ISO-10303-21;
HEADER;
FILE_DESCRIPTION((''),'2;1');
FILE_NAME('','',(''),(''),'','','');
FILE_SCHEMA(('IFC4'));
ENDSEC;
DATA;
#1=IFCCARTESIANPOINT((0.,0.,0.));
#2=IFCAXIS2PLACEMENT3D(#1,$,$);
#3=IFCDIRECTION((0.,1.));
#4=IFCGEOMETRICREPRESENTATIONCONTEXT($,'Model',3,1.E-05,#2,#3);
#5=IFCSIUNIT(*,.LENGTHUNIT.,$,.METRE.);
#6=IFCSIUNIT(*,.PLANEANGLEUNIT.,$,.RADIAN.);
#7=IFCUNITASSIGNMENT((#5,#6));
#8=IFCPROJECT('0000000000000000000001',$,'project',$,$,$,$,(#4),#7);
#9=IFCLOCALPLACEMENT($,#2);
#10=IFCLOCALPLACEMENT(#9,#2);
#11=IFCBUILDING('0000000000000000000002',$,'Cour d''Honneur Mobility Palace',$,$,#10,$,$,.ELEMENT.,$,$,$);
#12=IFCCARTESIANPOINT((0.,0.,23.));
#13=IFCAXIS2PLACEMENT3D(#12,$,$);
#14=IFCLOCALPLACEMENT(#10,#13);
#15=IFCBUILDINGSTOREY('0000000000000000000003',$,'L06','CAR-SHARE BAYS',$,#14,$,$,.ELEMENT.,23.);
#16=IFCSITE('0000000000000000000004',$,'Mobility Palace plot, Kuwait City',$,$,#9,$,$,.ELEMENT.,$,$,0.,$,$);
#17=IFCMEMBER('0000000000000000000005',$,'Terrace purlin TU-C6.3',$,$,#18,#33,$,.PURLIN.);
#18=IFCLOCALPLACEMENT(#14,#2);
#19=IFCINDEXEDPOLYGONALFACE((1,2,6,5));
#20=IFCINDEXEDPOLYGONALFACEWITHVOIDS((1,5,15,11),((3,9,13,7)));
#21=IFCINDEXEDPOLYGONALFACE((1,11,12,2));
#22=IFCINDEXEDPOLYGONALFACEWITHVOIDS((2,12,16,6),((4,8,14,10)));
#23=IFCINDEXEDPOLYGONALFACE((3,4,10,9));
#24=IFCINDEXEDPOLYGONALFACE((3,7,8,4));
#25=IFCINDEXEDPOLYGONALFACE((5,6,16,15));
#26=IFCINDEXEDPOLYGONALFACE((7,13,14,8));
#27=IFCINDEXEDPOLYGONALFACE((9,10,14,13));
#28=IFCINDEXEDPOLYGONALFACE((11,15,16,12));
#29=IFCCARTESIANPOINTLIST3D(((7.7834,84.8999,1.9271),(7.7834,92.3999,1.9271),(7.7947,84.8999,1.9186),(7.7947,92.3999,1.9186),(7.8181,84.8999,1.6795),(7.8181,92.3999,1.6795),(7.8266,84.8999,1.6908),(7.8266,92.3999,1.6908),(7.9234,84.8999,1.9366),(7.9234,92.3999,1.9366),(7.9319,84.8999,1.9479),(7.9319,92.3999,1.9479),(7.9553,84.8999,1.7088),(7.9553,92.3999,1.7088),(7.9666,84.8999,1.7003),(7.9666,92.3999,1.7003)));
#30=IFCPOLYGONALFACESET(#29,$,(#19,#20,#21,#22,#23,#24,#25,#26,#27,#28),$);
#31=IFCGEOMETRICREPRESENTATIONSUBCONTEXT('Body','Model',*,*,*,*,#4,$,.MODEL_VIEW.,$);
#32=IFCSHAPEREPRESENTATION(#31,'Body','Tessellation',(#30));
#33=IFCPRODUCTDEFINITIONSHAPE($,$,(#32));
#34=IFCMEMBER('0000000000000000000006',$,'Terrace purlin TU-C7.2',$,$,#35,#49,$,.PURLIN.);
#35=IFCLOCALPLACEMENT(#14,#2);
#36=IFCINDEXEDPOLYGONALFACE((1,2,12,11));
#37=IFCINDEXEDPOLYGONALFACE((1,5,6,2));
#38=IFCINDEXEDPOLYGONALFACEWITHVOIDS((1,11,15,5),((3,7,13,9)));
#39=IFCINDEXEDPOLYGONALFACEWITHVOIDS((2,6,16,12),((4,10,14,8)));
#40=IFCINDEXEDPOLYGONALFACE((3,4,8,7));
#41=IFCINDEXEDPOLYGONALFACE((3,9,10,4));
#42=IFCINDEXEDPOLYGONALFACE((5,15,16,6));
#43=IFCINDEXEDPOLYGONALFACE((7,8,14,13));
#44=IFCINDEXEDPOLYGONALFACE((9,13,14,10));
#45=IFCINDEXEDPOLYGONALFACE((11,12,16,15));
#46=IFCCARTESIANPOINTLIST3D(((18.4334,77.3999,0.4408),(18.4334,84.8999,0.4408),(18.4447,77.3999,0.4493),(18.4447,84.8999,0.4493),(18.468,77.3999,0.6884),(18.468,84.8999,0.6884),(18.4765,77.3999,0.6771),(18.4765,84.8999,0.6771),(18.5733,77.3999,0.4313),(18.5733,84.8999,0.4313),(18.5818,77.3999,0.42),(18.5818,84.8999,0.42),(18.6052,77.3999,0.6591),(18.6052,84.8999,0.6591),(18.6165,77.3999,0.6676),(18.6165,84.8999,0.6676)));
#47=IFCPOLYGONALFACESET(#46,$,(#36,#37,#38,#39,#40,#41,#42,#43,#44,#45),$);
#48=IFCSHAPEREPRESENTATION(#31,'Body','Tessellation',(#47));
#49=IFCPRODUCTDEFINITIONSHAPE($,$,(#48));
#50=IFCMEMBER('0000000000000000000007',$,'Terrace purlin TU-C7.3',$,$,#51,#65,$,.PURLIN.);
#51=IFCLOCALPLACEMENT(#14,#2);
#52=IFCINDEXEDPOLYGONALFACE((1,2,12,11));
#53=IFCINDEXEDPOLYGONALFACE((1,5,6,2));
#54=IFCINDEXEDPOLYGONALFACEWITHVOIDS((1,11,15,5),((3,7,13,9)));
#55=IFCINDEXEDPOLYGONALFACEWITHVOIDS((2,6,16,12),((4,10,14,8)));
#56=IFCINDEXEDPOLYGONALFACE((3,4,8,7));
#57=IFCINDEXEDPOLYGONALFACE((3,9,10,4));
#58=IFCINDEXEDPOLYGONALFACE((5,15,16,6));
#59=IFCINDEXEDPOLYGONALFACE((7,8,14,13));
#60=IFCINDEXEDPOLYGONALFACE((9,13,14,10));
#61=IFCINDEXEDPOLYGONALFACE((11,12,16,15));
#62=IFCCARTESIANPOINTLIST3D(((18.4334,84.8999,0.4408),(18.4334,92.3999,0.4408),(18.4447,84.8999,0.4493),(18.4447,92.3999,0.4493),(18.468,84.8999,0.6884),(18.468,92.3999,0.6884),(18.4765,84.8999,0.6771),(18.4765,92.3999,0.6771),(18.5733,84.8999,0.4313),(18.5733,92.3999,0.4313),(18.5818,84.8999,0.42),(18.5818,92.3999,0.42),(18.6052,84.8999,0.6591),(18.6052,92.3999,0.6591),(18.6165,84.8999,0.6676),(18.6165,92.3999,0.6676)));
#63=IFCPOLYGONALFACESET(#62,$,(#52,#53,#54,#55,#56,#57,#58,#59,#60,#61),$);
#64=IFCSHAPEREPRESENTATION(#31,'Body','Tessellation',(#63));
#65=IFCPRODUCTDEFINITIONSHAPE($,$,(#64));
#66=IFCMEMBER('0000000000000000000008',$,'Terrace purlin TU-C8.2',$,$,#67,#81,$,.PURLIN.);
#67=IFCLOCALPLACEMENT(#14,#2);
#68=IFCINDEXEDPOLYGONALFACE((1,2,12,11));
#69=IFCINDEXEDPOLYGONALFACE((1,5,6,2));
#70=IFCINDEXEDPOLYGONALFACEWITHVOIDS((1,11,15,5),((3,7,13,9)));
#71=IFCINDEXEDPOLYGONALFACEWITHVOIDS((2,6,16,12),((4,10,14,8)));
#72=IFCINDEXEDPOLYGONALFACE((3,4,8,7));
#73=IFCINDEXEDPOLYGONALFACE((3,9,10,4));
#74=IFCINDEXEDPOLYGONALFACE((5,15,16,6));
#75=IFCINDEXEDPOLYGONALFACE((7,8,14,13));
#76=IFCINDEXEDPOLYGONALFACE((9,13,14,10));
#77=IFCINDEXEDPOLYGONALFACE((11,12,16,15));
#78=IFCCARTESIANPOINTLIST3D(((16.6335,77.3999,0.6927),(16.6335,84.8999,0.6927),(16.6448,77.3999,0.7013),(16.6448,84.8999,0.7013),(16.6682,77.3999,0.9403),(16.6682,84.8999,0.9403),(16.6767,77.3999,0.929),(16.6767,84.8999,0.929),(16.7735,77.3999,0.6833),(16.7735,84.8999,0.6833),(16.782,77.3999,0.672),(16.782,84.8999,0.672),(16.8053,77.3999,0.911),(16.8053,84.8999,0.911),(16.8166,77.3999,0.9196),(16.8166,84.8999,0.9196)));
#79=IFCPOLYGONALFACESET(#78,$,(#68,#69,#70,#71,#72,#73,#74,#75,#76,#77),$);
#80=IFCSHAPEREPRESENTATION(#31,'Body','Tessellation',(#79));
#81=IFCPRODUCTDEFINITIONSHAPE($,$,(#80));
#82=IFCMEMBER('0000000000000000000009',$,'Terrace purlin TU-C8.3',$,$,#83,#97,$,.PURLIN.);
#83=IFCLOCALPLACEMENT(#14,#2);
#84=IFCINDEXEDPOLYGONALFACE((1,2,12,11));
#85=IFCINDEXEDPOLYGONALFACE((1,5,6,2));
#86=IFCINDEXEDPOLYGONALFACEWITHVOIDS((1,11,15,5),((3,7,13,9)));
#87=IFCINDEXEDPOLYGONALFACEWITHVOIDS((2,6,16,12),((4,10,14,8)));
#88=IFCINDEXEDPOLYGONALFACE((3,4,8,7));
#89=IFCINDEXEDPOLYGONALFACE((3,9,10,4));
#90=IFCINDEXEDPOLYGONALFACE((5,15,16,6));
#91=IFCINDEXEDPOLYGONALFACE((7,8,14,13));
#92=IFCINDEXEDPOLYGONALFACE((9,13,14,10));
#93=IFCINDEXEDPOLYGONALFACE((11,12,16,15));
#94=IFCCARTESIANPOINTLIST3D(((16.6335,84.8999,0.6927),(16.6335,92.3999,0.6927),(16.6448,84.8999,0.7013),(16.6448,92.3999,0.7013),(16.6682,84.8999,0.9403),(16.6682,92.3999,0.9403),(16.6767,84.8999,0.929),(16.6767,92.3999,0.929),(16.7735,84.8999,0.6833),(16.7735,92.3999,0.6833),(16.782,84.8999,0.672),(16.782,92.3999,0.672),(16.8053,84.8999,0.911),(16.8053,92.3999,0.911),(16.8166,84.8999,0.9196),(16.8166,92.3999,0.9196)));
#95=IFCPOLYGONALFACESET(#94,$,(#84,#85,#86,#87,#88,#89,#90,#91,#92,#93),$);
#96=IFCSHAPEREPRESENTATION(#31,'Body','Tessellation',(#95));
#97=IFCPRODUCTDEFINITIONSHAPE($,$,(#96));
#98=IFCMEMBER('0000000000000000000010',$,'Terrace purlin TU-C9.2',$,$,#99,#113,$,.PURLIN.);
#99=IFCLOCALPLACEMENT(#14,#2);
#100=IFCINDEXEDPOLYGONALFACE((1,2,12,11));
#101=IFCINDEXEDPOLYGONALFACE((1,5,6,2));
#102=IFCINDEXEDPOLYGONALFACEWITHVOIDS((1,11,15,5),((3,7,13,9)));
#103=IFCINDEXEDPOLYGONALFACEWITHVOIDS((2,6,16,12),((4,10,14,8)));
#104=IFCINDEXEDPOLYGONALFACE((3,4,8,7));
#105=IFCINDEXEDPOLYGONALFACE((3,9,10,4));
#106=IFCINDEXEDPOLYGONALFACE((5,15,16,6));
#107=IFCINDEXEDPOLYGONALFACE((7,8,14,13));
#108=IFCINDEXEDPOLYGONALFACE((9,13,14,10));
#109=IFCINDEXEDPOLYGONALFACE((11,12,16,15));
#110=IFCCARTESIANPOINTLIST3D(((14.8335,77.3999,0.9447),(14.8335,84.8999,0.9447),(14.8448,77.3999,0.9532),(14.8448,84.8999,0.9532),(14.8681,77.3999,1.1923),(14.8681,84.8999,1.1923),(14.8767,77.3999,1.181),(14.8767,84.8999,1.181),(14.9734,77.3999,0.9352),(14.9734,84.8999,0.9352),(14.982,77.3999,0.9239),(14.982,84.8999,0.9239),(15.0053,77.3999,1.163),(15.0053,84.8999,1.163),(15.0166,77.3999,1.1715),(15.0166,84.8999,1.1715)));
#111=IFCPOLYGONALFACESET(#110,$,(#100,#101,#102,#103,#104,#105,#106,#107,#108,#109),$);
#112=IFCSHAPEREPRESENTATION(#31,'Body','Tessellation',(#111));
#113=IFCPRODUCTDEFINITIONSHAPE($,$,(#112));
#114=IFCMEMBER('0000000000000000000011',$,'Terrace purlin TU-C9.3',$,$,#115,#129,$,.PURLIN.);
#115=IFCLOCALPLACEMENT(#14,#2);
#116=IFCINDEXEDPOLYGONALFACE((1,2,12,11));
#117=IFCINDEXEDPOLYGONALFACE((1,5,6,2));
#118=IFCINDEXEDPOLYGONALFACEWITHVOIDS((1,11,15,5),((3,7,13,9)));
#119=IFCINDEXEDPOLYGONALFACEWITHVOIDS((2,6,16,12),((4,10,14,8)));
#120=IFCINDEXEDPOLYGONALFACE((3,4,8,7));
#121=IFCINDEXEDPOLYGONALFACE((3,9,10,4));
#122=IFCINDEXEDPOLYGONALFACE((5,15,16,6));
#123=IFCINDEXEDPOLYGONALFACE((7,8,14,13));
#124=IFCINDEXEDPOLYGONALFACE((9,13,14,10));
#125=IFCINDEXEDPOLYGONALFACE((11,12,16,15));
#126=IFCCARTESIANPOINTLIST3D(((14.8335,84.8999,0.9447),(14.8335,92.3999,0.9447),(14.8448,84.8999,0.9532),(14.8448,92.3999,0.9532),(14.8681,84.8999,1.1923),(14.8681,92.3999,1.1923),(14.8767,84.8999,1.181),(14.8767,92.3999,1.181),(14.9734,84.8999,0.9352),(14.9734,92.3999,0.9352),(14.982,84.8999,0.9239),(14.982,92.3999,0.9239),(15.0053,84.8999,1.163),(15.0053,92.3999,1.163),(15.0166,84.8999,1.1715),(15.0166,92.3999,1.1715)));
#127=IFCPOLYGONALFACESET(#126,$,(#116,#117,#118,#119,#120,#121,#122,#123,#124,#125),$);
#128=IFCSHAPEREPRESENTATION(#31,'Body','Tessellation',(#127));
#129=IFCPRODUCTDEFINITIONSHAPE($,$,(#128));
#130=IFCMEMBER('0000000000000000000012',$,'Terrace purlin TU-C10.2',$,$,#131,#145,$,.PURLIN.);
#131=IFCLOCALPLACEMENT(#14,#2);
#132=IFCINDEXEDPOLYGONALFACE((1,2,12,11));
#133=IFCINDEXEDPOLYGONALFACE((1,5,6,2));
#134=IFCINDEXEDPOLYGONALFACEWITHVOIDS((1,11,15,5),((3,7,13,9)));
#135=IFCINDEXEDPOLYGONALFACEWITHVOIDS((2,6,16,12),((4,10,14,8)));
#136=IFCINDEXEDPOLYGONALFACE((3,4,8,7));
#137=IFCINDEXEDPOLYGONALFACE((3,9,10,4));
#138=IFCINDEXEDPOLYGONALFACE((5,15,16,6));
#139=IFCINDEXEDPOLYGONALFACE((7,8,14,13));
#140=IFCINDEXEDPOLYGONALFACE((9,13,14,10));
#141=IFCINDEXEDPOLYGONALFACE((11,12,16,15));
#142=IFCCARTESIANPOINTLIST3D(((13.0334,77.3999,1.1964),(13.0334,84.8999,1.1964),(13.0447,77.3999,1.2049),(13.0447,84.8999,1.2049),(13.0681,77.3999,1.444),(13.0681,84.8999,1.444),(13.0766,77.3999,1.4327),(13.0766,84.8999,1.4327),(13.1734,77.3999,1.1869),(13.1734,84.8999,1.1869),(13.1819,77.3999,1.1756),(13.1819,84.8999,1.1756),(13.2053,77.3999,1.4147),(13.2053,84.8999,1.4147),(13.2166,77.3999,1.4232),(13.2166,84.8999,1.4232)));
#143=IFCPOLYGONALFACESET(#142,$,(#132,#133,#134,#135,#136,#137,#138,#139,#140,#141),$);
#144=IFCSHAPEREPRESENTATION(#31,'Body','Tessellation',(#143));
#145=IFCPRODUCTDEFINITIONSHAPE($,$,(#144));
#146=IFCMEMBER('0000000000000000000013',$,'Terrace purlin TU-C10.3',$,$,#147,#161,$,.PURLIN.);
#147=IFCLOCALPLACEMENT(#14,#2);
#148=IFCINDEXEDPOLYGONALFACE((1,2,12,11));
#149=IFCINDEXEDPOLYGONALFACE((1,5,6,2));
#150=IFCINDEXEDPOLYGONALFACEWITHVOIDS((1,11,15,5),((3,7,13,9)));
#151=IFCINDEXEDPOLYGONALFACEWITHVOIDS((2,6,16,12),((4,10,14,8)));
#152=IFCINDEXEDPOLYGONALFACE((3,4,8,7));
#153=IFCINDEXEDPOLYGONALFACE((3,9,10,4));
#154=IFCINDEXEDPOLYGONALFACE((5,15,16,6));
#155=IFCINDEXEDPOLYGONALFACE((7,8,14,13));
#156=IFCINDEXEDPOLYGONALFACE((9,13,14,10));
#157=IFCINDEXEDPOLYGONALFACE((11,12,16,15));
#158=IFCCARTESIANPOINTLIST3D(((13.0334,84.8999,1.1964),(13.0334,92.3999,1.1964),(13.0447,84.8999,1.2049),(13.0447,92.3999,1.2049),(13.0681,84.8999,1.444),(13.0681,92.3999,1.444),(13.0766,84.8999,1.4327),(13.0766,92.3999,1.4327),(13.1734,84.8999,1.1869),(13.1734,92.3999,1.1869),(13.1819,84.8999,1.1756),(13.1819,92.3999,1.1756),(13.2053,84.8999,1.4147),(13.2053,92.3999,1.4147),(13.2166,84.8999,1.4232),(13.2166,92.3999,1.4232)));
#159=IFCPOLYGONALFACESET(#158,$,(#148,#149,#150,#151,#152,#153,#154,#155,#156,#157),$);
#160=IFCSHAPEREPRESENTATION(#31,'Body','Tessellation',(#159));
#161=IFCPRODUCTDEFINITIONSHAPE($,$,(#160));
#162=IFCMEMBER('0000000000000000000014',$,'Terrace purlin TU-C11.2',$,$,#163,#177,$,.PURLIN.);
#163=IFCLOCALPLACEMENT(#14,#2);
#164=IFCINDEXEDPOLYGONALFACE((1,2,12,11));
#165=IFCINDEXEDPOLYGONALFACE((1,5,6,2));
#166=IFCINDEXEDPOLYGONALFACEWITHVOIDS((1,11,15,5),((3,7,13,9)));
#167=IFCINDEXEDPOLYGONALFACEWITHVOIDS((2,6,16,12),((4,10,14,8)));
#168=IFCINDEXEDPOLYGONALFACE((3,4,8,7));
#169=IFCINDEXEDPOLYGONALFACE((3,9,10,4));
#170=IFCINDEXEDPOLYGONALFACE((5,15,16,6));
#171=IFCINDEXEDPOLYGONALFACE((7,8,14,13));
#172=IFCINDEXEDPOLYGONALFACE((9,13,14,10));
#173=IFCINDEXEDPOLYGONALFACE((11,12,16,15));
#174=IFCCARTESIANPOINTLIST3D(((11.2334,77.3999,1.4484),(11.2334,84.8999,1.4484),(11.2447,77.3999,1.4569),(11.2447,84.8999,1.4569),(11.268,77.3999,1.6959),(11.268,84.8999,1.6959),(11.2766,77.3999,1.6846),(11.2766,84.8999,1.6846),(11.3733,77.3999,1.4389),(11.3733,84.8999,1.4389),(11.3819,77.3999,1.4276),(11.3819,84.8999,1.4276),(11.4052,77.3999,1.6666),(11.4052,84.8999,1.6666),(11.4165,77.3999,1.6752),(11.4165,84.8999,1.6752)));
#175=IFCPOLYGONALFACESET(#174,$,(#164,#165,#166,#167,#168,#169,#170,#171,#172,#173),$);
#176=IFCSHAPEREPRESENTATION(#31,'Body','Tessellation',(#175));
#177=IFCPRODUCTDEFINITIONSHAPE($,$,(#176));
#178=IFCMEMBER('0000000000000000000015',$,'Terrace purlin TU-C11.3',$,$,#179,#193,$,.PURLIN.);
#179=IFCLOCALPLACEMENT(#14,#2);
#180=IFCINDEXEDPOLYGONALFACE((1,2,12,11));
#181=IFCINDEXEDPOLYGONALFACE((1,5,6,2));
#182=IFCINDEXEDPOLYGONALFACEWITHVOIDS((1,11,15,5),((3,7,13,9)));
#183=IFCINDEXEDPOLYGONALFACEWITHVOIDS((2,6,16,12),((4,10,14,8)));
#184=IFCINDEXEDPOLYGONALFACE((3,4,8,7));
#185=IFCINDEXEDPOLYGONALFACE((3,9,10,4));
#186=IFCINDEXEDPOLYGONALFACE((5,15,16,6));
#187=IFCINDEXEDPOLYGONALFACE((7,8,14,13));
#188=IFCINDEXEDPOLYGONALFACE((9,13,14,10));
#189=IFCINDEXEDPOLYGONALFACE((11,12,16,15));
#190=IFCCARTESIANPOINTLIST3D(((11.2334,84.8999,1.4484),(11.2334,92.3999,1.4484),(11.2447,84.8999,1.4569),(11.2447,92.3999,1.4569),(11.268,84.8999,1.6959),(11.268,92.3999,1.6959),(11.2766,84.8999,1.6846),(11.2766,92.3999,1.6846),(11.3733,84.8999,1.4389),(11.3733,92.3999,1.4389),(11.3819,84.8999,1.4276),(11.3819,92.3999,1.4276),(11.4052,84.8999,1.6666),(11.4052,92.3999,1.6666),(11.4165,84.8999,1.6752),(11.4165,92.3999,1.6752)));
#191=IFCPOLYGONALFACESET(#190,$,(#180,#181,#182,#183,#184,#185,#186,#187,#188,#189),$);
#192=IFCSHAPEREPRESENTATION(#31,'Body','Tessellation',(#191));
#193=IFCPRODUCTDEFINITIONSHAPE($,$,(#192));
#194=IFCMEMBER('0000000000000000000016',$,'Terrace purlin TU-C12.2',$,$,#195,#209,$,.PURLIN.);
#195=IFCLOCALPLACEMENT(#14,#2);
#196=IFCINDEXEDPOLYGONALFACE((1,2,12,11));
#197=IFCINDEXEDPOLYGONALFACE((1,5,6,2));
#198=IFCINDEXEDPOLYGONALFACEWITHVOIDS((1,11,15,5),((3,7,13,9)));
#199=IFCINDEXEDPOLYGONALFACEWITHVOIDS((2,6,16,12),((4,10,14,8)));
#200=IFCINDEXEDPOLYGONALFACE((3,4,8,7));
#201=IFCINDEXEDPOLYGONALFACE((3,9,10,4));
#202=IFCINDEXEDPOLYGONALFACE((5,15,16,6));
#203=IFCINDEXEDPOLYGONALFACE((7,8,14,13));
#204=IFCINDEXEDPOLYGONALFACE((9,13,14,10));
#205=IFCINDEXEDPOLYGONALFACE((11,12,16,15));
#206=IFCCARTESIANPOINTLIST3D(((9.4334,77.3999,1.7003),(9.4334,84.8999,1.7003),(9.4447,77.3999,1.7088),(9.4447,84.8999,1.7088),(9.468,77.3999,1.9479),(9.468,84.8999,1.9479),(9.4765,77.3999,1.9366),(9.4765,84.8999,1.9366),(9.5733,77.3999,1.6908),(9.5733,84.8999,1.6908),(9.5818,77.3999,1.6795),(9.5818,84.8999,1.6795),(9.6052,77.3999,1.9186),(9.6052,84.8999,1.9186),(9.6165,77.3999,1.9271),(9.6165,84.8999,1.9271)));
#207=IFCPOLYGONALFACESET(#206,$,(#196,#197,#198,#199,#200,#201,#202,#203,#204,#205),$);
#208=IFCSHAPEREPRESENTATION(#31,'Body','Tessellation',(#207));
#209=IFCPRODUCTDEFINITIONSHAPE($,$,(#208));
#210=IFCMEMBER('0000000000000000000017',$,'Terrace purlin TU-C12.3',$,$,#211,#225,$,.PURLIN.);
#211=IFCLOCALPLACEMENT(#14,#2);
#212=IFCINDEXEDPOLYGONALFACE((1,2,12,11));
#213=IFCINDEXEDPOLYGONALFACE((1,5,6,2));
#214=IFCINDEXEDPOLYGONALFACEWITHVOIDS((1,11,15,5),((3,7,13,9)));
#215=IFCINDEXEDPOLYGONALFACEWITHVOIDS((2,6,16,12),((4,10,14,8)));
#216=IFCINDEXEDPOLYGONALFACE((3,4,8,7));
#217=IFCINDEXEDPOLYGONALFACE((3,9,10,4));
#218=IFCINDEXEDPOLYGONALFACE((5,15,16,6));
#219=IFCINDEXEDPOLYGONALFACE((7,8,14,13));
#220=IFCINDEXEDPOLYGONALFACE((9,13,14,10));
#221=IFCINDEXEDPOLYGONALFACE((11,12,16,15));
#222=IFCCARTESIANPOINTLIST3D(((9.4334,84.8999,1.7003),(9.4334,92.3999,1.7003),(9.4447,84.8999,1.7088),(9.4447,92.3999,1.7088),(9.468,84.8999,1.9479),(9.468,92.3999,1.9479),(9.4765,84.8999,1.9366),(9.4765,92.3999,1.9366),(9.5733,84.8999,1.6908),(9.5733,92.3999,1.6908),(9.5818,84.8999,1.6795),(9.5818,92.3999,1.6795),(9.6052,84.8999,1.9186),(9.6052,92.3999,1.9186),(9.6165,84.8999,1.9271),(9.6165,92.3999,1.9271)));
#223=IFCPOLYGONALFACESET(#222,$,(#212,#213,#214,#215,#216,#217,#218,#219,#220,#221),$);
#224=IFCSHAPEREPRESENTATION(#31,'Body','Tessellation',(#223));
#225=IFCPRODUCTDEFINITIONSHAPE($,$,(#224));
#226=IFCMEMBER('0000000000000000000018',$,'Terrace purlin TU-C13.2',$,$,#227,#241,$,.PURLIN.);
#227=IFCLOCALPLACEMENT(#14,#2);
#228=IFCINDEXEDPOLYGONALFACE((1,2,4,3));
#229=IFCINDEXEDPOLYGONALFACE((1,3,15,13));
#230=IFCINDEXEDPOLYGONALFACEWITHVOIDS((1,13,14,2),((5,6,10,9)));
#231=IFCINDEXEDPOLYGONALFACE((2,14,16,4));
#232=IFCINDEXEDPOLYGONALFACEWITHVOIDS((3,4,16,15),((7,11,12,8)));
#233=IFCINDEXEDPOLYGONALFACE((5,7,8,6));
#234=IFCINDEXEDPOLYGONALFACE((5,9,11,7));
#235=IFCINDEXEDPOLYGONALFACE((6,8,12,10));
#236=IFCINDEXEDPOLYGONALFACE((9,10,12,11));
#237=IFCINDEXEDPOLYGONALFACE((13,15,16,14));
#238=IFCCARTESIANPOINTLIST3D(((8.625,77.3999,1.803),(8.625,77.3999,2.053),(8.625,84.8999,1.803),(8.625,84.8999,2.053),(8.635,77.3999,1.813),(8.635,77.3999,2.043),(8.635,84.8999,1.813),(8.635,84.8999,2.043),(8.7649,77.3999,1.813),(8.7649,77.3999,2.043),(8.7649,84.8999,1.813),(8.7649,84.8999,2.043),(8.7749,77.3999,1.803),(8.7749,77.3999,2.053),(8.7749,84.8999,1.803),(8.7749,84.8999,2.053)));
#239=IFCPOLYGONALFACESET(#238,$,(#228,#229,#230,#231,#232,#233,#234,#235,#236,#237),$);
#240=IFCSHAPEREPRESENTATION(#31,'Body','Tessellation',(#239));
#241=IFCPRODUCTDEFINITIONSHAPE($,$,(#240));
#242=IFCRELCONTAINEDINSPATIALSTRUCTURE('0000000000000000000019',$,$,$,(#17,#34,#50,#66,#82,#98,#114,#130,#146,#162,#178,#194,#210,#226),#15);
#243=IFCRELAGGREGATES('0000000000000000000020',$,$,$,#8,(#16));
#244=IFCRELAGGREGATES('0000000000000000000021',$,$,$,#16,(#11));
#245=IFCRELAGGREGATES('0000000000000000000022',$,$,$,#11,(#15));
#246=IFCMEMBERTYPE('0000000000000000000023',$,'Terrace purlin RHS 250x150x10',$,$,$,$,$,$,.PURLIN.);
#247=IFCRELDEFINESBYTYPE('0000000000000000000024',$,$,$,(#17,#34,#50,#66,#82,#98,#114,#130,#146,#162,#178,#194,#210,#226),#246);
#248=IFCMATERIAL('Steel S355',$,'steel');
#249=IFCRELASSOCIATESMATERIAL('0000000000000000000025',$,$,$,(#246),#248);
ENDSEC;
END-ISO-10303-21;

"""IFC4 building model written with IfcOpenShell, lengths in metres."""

from ifc_helpers import new_model, si_unit, direction, frame, origin, origin_2d, place, context, subcontext, project, spatial, hollow_rectangle, extrude, material, material_profile, profile_set, type_object, element, save


model = new_model("IFC4")

# Units and contexts
model_context = context("Model", 3, precision=1e-05, world=origin(), true_north=direction((0.0, 1.0)))
body_context = subcontext(model_context, "Body", "Model", "MODEL_VIEW")
ifc_project = project(units=[si_unit("LENGTHUNIT", "METRE"), si_unit("PLANEANGLEUNIT", "RADIAN")], contexts=[model_context])

# Site, building, storey
site_placement = place(None, origin())
site = spatial("IfcSite", under=ifc_project, at=site_placement, Name="Mobility Palace plot, Kuwait City", CompositionType="ELEMENT", RefElevation=0.0)
building_placement = place(site_placement, origin())
building = spatial("IfcBuilding", under=site, at=building_placement, Name="Cour d'Honneur Mobility Palace", CompositionType="ELEMENT")
storey_placement = place(building_placement, frame((0.0, 0.0, 23.0)))
storey = spatial("IfcBuildingStorey", under=building, at=storey_placement, Name="L06", Description="CAR-SHARE BAYS", CompositionType="ELEMENT", Elevation=23.0)

# Members
ifc_material_1 = material(Name="Steel S355", Category="steel")
ifc_material_profile_1 = material_profile(ifc_material_1, hollow_rectangle(XDim=0.1499, YDim=0.25, WallThickness=0.01, at=origin_2d()), Name="RHS 250x150x10")
ifc_profile_set_1 = profile_set([ifc_material_profile_1], Name="Steel S355")
member_type_1 = type_object("IfcMemberType", Name="Terrace purlin RHS 250x150x10", PredefinedType="PURLIN", material=ifc_profile_set_1)
for number, where, z_axis, x_axis, name in (
    (1, (7.875, 84.8999, 1.8137), (0.0, 1.0, 0.0), (-0.99035, 0.0, -0.138591), "Terrace purlin TU-C6.3"),
    (2, (18.5249, 77.3999, 0.5542), (0.0, 1.0, 0.0), (-0.99035, 0.0, 0.138591), "Terrace purlin TU-C7.2"),
    (3, (18.5249, 84.8999, 0.5542), (0.0, 1.0, 0.0), (-0.99035, 0.0, 0.138591), "Terrace purlin TU-C7.3"),
    (4, (16.7251, 77.3999, 0.8062), (0.0, 1.0, 0.0), (-0.99035, 0.0, 0.138591), "Terrace purlin TU-C8.2"),
    (5, (16.7251, 84.8999, 0.8062), (0.0, 1.0, 0.0), (-0.99035, 0.0, 0.138591), "Terrace purlin TU-C8.3"),
    (6, (14.925, 77.3999, 1.0581), (0.0, 1.0, 0.0), (-0.99035, 0.0, 0.138591), "Terrace purlin TU-C9.2"),
    (7, (14.925, 84.8999, 1.0581), (0.0, 1.0, 0.0), (-0.99035, 0.0, 0.138591), "Terrace purlin TU-C9.3"),
    (8, (13.125, 77.3999, 1.3098), (0.0, 1.0, 0.0), (-0.99035, 0.0, 0.138591), "Terrace purlin TU-C10.2"),
    (9, (13.125, 84.8999, 1.3098), (0.0, 1.0, 0.0), (-0.99035, 0.0, 0.138591), "Terrace purlin TU-C10.3"),
    (10, (11.325, 77.3999, 1.5618), (0.0, 1.0, 0.0), (-0.99035, 0.0, 0.138591), "Terrace purlin TU-C11.2"),
    (11, (11.325, 84.8999, 1.5618), (0.0, 1.0, 0.0), (-0.99035, 0.0, 0.138591), "Terrace purlin TU-C11.3"),
    (12, (9.5249, 77.3999, 1.8137), (0.0, 1.0, 0.0), (-0.99035, 0.0, 0.138591), "Terrace purlin TU-C12.2"),
    (13, (9.5249, 84.8999, 1.8137), (0.0, 1.0, 0.0), (-0.99035, 0.0, 0.138591), "Terrace purlin TU-C12.3"),
    (14, (8.7, 77.3999, 1.928), (0.0, 1.0, 0.0), (-1.0, 0.0, 0.0), "Terrace purlin TU-C13.2"),
):
    element("IfcMember", number, at=place(storey_placement, frame(where, z_axis=z_axis, x_axis=x_axis)), inside=storey, type_object=member_type_1, Name=name, PredefinedType="PURLIN", context=body_context, shape_type="SweptSolid", body=[
        extrude(hollow_rectangle(XDim=0.1499, YDim=0.25, WallThickness=0.01, at=origin_2d()), origin(), (0.0, 0.0, 1.0), 7.5),
    ])

save(model, "model.ifc")
